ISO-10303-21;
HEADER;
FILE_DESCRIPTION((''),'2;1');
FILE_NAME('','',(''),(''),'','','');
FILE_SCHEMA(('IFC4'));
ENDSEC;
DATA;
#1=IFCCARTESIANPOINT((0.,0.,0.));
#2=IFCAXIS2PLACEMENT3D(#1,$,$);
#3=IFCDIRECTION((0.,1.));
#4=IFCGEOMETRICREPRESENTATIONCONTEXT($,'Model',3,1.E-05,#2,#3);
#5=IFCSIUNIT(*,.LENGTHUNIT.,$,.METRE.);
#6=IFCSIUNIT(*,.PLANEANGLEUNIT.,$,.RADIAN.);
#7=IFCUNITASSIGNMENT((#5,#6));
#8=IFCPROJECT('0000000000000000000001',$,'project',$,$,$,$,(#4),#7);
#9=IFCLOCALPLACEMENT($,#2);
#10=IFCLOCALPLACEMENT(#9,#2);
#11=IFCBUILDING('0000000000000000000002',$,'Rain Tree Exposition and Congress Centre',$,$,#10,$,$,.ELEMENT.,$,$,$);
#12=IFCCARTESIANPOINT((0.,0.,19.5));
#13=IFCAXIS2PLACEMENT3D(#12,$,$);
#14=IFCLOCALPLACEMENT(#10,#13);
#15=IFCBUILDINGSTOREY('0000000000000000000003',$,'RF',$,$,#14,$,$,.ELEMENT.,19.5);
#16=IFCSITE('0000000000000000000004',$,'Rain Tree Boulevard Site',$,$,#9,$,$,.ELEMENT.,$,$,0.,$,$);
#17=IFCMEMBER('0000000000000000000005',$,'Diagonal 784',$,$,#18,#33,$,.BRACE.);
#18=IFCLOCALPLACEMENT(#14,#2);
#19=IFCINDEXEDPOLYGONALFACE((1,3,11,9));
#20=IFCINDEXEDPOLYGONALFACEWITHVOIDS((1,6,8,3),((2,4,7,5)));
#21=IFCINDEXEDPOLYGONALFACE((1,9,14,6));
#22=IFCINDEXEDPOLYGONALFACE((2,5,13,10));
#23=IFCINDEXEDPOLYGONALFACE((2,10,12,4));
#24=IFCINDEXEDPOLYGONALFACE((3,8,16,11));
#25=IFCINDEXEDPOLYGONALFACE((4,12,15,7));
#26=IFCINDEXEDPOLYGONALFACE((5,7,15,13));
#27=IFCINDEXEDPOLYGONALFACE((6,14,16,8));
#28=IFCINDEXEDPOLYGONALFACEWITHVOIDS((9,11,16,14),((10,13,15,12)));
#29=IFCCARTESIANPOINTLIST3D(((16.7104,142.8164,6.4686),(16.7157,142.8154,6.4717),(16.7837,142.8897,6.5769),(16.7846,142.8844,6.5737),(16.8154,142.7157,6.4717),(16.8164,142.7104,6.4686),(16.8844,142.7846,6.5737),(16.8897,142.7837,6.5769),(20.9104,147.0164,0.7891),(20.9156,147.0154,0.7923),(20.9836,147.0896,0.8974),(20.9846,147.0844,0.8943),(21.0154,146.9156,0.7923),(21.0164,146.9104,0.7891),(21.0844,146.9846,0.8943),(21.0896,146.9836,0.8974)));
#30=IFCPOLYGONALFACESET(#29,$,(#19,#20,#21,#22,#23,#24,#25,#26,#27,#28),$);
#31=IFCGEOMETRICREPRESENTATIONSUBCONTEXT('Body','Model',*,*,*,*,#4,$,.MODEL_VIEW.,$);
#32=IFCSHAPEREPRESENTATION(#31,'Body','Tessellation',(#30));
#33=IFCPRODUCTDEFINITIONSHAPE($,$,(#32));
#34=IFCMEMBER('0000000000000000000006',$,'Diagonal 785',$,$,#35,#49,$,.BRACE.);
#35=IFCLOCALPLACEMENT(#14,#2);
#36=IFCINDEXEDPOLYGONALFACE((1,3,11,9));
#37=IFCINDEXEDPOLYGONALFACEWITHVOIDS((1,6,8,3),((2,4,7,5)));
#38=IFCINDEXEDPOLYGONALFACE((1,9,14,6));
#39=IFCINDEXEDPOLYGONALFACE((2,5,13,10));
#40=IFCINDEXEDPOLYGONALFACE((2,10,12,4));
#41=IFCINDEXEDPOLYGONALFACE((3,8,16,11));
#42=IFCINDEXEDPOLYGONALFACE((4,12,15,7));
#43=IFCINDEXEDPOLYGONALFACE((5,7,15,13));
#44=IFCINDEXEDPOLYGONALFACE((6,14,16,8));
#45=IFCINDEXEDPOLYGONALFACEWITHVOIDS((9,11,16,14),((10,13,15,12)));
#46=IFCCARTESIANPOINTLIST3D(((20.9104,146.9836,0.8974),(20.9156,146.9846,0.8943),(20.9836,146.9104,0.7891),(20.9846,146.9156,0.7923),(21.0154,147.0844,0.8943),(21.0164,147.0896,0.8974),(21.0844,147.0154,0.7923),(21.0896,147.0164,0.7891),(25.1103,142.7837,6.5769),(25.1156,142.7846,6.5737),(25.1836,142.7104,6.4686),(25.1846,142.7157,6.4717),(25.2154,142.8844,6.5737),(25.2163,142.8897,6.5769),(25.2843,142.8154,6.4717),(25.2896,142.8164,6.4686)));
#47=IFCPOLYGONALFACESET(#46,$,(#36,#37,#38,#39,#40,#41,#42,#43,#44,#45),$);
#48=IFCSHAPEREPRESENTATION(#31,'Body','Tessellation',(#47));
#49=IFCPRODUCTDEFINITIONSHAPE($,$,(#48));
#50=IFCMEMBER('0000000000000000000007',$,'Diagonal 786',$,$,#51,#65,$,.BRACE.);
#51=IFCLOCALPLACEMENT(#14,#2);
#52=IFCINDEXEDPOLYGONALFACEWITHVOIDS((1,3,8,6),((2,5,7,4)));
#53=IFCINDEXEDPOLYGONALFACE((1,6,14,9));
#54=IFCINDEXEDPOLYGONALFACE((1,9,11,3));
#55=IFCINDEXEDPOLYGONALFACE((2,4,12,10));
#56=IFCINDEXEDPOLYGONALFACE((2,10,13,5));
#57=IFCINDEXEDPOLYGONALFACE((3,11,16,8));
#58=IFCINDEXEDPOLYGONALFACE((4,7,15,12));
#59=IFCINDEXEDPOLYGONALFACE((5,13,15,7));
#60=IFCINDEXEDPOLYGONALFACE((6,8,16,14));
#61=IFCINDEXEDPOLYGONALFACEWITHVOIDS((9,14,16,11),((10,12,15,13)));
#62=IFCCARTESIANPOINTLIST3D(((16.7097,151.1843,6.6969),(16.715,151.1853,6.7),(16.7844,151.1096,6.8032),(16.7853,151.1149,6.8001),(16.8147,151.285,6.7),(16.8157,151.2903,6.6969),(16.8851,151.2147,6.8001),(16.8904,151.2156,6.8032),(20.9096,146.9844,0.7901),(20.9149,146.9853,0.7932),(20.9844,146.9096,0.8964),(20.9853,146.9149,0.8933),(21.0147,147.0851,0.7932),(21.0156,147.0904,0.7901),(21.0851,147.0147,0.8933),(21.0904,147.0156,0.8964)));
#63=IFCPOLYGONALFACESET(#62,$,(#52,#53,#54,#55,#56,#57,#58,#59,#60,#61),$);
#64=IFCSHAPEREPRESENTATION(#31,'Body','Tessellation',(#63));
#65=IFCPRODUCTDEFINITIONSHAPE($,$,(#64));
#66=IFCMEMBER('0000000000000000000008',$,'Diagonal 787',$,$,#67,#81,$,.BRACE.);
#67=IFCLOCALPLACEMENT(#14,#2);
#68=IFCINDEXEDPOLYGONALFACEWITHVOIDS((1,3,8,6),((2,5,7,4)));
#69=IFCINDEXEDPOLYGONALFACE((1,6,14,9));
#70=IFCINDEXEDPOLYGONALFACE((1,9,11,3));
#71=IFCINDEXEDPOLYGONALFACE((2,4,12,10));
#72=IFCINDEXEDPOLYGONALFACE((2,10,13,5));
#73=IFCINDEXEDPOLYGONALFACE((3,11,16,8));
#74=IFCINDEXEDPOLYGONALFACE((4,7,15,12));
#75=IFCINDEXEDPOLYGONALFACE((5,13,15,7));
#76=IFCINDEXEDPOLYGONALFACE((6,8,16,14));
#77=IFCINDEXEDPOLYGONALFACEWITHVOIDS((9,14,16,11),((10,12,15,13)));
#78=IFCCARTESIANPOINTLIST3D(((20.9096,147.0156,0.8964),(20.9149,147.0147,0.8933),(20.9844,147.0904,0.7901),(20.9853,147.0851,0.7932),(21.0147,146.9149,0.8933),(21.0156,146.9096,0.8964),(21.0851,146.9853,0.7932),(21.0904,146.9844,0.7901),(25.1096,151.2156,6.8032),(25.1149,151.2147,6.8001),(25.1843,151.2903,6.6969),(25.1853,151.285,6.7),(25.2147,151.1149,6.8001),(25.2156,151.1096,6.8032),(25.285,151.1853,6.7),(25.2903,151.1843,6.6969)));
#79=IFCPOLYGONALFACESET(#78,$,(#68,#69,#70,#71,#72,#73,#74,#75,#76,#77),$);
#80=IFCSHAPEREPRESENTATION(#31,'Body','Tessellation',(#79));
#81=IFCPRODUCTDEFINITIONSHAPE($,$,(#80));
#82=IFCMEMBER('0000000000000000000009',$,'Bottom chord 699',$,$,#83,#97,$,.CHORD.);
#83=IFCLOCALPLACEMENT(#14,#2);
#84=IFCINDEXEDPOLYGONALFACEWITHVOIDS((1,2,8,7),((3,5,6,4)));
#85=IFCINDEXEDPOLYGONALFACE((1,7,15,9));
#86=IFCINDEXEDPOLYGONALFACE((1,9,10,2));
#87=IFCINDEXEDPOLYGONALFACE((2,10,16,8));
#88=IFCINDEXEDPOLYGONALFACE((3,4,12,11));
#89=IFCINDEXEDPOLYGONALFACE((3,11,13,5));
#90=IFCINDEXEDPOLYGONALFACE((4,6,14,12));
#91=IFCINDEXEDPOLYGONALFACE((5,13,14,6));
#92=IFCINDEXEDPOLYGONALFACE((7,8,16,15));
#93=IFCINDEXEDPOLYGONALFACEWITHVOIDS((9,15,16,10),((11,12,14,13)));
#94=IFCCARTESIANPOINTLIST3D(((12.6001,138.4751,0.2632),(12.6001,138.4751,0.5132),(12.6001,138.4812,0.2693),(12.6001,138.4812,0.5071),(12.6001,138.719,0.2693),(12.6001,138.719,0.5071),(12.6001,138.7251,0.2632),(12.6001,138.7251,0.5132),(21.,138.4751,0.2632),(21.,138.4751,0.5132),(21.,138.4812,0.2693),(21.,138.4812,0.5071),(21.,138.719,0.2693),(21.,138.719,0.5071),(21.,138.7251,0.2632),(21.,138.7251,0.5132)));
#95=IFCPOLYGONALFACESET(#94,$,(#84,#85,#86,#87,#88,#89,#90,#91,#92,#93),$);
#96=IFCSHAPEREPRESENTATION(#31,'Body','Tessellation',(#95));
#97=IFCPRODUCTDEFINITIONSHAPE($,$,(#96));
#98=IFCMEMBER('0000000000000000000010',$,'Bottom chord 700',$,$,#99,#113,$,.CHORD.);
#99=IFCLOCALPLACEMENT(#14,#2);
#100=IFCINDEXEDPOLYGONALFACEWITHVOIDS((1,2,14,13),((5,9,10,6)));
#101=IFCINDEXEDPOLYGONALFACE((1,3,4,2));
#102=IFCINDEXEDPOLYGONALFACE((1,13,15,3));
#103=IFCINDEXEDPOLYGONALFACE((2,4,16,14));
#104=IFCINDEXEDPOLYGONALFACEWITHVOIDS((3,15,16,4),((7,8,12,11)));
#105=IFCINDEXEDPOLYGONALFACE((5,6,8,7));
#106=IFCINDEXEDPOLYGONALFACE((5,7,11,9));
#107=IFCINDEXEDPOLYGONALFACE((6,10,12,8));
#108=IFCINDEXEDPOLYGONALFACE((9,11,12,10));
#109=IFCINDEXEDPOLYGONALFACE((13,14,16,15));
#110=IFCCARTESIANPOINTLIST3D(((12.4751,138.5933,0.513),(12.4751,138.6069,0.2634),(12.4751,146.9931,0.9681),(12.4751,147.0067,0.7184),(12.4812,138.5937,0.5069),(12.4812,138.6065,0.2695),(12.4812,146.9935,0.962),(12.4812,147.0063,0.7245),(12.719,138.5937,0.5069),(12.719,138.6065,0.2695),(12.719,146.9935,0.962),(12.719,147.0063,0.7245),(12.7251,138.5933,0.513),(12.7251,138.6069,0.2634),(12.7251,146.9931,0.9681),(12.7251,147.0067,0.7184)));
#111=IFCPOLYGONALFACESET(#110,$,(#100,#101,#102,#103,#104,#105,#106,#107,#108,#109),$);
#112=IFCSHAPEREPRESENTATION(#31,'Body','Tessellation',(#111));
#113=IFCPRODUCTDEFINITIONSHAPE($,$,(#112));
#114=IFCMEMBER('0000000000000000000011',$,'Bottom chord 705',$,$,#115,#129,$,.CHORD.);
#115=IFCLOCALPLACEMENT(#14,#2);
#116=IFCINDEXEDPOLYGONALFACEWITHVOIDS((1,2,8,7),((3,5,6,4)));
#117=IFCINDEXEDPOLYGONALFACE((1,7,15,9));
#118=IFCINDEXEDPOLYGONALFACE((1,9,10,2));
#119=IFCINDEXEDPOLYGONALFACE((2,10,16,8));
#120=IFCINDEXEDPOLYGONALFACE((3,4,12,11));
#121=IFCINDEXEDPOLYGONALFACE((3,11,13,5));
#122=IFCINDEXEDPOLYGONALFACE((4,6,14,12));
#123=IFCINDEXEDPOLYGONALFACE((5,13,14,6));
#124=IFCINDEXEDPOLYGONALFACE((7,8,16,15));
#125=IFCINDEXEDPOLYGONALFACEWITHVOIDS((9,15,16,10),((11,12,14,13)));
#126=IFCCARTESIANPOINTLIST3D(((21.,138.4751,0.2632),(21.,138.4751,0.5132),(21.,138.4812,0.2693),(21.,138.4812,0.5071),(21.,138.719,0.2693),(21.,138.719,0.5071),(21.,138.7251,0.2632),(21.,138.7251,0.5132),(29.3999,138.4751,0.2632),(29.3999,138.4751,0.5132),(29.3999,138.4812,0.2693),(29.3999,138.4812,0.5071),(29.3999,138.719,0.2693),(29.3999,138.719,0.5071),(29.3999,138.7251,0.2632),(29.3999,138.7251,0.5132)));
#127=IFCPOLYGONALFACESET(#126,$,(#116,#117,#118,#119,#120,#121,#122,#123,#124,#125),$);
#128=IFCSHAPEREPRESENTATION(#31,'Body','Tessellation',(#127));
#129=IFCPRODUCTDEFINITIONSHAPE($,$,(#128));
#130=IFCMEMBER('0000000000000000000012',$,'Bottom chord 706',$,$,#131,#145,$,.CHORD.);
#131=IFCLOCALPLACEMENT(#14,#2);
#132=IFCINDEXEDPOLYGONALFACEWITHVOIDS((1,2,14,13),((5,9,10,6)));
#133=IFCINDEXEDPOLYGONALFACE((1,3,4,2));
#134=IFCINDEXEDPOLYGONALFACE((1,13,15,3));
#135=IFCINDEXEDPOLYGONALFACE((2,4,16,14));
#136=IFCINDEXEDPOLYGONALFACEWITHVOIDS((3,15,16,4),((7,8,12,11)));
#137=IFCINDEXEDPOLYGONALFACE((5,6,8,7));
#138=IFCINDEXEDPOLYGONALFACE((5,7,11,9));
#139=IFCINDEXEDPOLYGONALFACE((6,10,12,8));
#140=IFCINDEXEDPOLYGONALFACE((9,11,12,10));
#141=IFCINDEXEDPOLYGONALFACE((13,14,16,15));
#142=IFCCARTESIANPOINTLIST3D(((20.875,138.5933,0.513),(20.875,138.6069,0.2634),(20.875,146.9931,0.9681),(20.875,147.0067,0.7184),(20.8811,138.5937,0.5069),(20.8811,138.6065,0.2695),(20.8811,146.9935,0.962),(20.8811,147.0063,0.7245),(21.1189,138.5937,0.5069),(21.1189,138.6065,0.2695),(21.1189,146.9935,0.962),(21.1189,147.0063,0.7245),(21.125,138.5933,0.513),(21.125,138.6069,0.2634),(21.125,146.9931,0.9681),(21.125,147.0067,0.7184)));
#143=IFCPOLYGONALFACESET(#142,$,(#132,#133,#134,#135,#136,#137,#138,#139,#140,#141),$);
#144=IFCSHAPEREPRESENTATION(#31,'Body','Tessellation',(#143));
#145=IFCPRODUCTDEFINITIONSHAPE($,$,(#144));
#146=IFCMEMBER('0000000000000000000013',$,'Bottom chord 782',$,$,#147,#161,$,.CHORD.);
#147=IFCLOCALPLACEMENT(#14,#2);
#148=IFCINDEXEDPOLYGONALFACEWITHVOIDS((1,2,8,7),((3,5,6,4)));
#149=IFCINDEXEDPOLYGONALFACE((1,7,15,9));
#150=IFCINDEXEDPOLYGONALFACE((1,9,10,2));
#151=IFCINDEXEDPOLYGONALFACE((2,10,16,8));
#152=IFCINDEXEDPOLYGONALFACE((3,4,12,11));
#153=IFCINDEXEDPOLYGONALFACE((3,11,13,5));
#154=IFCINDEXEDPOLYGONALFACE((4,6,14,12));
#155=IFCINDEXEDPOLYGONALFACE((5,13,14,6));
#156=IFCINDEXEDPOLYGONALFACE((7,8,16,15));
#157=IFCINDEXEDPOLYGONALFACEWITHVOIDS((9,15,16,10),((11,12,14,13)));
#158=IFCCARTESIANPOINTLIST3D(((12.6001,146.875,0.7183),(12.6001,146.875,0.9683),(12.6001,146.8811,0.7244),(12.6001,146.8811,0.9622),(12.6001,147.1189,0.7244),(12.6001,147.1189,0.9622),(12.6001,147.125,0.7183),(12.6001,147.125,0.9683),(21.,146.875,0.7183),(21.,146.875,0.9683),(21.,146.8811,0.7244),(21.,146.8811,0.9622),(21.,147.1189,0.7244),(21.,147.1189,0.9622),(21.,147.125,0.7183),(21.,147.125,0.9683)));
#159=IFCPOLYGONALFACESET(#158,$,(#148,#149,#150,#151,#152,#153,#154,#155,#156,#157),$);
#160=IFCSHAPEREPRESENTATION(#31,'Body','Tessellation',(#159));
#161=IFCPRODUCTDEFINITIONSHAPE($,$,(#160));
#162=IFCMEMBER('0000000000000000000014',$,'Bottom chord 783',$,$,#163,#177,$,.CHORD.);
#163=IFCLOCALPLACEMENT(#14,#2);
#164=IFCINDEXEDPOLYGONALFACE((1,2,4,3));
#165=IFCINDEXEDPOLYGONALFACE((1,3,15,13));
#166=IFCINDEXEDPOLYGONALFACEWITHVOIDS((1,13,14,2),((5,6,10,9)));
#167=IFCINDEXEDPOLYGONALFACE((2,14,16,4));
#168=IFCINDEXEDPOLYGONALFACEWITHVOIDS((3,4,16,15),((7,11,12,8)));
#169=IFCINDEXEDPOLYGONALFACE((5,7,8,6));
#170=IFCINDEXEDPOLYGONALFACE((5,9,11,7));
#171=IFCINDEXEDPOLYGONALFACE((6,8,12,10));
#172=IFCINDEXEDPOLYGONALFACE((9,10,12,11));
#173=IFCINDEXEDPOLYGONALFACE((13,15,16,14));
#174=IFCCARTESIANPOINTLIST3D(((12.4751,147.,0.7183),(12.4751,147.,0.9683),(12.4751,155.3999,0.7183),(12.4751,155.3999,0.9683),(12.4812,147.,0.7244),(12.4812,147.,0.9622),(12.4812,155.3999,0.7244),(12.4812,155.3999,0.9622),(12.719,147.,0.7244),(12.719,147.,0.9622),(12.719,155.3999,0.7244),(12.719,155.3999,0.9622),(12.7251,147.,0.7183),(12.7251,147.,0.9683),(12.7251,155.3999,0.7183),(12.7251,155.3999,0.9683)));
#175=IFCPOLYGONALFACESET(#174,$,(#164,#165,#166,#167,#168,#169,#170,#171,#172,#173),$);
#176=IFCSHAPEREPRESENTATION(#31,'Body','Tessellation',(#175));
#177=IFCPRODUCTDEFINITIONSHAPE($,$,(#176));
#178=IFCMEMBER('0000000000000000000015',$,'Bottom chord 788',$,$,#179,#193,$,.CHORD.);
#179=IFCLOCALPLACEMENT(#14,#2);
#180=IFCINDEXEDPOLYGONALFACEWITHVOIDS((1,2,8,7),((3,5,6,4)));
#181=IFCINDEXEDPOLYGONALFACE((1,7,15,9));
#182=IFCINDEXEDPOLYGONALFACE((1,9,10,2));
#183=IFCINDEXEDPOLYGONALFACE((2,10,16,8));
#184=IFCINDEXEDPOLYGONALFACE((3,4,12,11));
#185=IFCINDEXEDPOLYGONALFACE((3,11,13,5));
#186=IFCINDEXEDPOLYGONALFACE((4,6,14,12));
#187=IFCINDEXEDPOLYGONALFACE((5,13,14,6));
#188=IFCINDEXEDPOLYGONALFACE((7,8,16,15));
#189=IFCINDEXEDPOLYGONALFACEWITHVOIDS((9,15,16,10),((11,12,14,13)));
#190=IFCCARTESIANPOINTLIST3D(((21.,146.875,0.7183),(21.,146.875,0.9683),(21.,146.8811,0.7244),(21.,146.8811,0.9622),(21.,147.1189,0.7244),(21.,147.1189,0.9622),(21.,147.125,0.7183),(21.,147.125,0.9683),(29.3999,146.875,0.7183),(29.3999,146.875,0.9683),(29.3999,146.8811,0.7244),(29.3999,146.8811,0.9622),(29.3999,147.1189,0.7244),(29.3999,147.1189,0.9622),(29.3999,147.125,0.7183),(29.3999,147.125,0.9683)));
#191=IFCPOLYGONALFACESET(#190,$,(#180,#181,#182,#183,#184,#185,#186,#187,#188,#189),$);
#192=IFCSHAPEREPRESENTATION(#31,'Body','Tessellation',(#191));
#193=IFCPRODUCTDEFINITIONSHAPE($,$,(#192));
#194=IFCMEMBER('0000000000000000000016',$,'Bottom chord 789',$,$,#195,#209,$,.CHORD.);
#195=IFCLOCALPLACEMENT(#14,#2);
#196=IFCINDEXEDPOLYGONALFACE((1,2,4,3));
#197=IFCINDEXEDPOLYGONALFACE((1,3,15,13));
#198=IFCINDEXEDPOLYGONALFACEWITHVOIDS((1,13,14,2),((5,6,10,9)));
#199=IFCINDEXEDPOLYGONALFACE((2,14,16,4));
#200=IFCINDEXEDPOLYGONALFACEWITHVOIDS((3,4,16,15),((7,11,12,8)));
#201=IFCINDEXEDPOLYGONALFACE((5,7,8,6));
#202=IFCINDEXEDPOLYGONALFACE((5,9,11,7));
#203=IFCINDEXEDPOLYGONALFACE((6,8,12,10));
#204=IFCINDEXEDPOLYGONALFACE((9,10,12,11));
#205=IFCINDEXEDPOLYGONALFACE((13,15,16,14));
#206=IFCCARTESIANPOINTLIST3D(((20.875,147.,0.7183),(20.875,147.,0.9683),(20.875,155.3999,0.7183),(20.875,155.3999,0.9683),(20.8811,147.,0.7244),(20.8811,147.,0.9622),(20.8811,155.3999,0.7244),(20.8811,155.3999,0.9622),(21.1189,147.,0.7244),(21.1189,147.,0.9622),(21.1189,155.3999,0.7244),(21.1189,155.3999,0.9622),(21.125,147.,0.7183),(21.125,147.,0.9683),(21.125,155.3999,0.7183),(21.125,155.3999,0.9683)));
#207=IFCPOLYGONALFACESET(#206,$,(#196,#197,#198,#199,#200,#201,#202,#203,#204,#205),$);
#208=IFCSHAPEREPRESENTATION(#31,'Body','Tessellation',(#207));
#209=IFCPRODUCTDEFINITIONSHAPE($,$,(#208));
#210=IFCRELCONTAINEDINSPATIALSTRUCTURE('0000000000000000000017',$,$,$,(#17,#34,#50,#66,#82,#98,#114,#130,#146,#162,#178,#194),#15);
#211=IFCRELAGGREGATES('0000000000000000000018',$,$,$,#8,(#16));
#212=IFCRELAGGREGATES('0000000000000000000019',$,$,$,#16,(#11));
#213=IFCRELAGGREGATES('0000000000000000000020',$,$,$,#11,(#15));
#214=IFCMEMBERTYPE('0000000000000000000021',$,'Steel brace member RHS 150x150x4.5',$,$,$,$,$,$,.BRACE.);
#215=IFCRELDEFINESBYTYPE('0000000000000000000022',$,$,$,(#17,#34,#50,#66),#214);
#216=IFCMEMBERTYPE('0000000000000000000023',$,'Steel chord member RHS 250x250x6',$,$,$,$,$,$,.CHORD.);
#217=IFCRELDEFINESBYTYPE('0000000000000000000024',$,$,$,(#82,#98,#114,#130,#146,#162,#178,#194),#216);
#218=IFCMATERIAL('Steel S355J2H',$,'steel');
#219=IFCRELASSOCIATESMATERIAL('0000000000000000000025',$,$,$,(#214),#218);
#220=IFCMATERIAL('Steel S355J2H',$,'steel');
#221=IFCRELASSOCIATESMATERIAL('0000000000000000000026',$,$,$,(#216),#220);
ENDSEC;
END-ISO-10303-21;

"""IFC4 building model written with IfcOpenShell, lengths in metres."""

from ifc_helpers import new_model, si_unit, direction, frame, origin, origin_2d, place, context, subcontext, project, spatial, hollow_rectangle, extrude, material, material_profile, profile_set, type_object, element, save


model = new_model("IFC4")

# Units and contexts
model_context = context("Model", 3, precision=1e-05, world=origin(), true_north=direction((0.0, 1.0)))
body_context = subcontext(model_context, "Body", "Model", "MODEL_VIEW")
ifc_project = project(units=[si_unit("LENGTHUNIT", "METRE"), si_unit("PLANEANGLEUNIT", "RADIAN")], contexts=[model_context])

# Site, building, storey
site_placement = place(None, origin())
site = spatial("IfcSite", under=ifc_project, at=site_placement, Name="Rain Tree Boulevard Site", CompositionType="ELEMENT", RefElevation=0.0)
building_placement = place(site_placement, origin())
building = spatial("IfcBuilding", under=site, at=building_placement, Name="Rain Tree Exposition and Congress Centre", CompositionType="ELEMENT")
storey_placement = place(building_placement, frame((0.0, 0.0, 19.5)))
storey = spatial("IfcBuildingStorey", under=building, at=storey_placement, Name="RF", CompositionType="ELEMENT", Elevation=19.5)

# Members
ifc_material_1 = material(Name="Steel S355J2H", Category="steel")
ifc_material_profile_1 = material_profile(ifc_material_1, hollow_rectangle(XDim=0.1499, YDim=0.1499, WallThickness=0.0044, at=origin_2d()), Name="RHS 150x150x4.5")
ifc_profile_set_1 = profile_set([ifc_material_profile_1], Name="Steel S355J2H")
member_type_1 = type_object("IfcMemberType", Name="Steel brace member RHS 150x150x4.5", PredefinedType="BRACE", material=ifc_profile_set_1)
for number, where, z_axis, x_axis, name in (
    (1, (21.0, 147.0, 0.8433), (-0.511068, -0.511068, 0.691099), (0.707107, -0.707107, 0.0), "Diagonal 784"),
    (2, (21.0, 147.0, 0.8433), (0.511068, -0.511068, 0.691099), (0.707107, 0.707107, 0.0), "Diagonal 785"),
):
    element("IfcMember", number, at=place(storey_placement, frame(where, z_axis=z_axis, x_axis=x_axis)), inside=storey, type_object=member_type_1, Name=name, PredefinedType="BRACE", context=body_context, shape_type="SweptSolid", body=[
        extrude(hollow_rectangle(XDim=0.1499, YDim=0.1499, WallThickness=0.0044, at=origin_2d()), origin(), (0.0, 0.0, 1.0), 8.218),
    ])
for number, where, z_axis, x_axis, name in (
    (3, (21.0, 147.0, 0.8433), (-0.501386, 0.501386, 0.705141), (-0.707107, -0.707107, 0.0), "Diagonal 786"),
    (4, (21.0, 147.0, 0.8433), (0.501386, 0.501386, 0.705141), (-0.707107, 0.707107, 0.0), "Diagonal 787"),
):
    element("IfcMember", number, at=place(storey_placement, frame(where, z_axis=z_axis, x_axis=x_axis)), inside=storey, type_object=member_type_1, Name=name, PredefinedType="BRACE", context=body_context, shape_type="SweptSolid", body=[
        extrude(hollow_rectangle(XDim=0.1499, YDim=0.1499, WallThickness=0.0044, at=origin_2d()), origin(), (0.0, 0.0, 1.0), 8.3767),
    ])
ifc_material_2 = material(Name="Steel S355J2H", Category="steel")
ifc_material_profile_2 = material_profile(ifc_material_2, hollow_rectangle(XDim=0.25, YDim=0.25, WallThickness=0.0061, at=origin_2d()), Name="RHS 250x250x6")
ifc_profile_set_2 = profile_set([ifc_material_profile_2], Name="Steel S355J2H")
member_type_2 = type_object("IfcMemberType", Name="Steel chord member RHS 250x250x6", PredefinedType="CHORD", material=ifc_profile_set_2)
member_1_placement = place(storey_placement, frame((12.6001, 138.6001, 0.3882), z_axis=(1.0, 0.0, 0.0), x_axis=(0.0, 1.0, 0.0)))
element("IfcMember", 5, at=member_1_placement, inside=storey, type_object=member_type_2, Name="Bottom chord 699", PredefinedType="CHORD", context=body_context, shape_type="SweptSolid", body=[
    extrude(hollow_rectangle(XDim=0.25, YDim=0.25, WallThickness=0.0061, at=origin_2d()), origin(), (0.0, 0.0, 1.0), 8.3999),
])
member_2_placement = place(storey_placement, frame((12.6001, 138.6001, 0.3882), z_axis=(0.0, 0.998536, 0.054097), x_axis=(-1.0, 0.0, 0.0)))
element("IfcMember", 6, at=member_2_placement, inside=storey, type_object=member_type_2, Name="Bottom chord 700", PredefinedType="CHORD", context=body_context, shape_type="SweptSolid", body=[
    extrude(hollow_rectangle(XDim=0.25, YDim=0.25, WallThickness=0.0061, at=origin_2d()), origin(), (0.0, 0.0, 1.0), 8.4121),
])
member_3_placement = place(storey_placement, frame((21.0, 138.6001, 0.3882), z_axis=(1.0, 0.0, 0.0), x_axis=(0.0, 1.0, 0.0)))
element("IfcMember", 7, at=member_3_placement, inside=storey, type_object=member_type_2, Name="Bottom chord 705", PredefinedType="CHORD", context=body_context, shape_type="SweptSolid", body=[
    extrude(hollow_rectangle(XDim=0.25, YDim=0.25, WallThickness=0.0061, at=origin_2d()), origin(), (0.0, 0.0, 1.0), 8.3999),
])
member_4_placement = place(storey_placement, frame((21.0, 138.6001, 0.3882), z_axis=(0.0, 0.998536, 0.054097), x_axis=(-1.0, 0.0, 0.0)))
element("IfcMember", 8, at=member_4_placement, inside=storey, type_object=member_type_2, Name="Bottom chord 706", PredefinedType="CHORD", context=body_context, shape_type="SweptSolid", body=[
    extrude(hollow_rectangle(XDim=0.25, YDim=0.25, WallThickness=0.0061, at=origin_2d()), origin(), (0.0, 0.0, 1.0), 8.4121),
])
for number, where, z_axis, x_axis, name in (
    (9, (12.6001, 147.0, 0.8433), (1.0, 0.0, 0.0), (0.0, 1.0, 0.0), "Bottom chord 782"),
    (10, (12.6001, 147.0, 0.8433), (0.0, 1.0, 0.0), (-1.0, 0.0, 0.0), "Bottom chord 783"),
    (11, (21.0, 147.0, 0.8433), (1.0, 0.0, 0.0), (0.0, 1.0, 0.0), "Bottom chord 788"),
    (12, (21.0, 147.0, 0.8433), (0.0, 1.0, 0.0), (-1.0, 0.0, 0.0), "Bottom chord 789"),
):
    element("IfcMember", number, at=place(storey_placement, frame(where, z_axis=z_axis, x_axis=x_axis)), inside=storey, type_object=member_type_2, Name=name, PredefinedType="CHORD", context=body_context, shape_type="SweptSolid", body=[
        extrude(hollow_rectangle(XDim=0.25, YDim=0.25, WallThickness=0.0061, at=origin_2d()), origin(), (0.0, 0.0, 1.0), 8.3999),
    ])

save(model, "model.ifc")
